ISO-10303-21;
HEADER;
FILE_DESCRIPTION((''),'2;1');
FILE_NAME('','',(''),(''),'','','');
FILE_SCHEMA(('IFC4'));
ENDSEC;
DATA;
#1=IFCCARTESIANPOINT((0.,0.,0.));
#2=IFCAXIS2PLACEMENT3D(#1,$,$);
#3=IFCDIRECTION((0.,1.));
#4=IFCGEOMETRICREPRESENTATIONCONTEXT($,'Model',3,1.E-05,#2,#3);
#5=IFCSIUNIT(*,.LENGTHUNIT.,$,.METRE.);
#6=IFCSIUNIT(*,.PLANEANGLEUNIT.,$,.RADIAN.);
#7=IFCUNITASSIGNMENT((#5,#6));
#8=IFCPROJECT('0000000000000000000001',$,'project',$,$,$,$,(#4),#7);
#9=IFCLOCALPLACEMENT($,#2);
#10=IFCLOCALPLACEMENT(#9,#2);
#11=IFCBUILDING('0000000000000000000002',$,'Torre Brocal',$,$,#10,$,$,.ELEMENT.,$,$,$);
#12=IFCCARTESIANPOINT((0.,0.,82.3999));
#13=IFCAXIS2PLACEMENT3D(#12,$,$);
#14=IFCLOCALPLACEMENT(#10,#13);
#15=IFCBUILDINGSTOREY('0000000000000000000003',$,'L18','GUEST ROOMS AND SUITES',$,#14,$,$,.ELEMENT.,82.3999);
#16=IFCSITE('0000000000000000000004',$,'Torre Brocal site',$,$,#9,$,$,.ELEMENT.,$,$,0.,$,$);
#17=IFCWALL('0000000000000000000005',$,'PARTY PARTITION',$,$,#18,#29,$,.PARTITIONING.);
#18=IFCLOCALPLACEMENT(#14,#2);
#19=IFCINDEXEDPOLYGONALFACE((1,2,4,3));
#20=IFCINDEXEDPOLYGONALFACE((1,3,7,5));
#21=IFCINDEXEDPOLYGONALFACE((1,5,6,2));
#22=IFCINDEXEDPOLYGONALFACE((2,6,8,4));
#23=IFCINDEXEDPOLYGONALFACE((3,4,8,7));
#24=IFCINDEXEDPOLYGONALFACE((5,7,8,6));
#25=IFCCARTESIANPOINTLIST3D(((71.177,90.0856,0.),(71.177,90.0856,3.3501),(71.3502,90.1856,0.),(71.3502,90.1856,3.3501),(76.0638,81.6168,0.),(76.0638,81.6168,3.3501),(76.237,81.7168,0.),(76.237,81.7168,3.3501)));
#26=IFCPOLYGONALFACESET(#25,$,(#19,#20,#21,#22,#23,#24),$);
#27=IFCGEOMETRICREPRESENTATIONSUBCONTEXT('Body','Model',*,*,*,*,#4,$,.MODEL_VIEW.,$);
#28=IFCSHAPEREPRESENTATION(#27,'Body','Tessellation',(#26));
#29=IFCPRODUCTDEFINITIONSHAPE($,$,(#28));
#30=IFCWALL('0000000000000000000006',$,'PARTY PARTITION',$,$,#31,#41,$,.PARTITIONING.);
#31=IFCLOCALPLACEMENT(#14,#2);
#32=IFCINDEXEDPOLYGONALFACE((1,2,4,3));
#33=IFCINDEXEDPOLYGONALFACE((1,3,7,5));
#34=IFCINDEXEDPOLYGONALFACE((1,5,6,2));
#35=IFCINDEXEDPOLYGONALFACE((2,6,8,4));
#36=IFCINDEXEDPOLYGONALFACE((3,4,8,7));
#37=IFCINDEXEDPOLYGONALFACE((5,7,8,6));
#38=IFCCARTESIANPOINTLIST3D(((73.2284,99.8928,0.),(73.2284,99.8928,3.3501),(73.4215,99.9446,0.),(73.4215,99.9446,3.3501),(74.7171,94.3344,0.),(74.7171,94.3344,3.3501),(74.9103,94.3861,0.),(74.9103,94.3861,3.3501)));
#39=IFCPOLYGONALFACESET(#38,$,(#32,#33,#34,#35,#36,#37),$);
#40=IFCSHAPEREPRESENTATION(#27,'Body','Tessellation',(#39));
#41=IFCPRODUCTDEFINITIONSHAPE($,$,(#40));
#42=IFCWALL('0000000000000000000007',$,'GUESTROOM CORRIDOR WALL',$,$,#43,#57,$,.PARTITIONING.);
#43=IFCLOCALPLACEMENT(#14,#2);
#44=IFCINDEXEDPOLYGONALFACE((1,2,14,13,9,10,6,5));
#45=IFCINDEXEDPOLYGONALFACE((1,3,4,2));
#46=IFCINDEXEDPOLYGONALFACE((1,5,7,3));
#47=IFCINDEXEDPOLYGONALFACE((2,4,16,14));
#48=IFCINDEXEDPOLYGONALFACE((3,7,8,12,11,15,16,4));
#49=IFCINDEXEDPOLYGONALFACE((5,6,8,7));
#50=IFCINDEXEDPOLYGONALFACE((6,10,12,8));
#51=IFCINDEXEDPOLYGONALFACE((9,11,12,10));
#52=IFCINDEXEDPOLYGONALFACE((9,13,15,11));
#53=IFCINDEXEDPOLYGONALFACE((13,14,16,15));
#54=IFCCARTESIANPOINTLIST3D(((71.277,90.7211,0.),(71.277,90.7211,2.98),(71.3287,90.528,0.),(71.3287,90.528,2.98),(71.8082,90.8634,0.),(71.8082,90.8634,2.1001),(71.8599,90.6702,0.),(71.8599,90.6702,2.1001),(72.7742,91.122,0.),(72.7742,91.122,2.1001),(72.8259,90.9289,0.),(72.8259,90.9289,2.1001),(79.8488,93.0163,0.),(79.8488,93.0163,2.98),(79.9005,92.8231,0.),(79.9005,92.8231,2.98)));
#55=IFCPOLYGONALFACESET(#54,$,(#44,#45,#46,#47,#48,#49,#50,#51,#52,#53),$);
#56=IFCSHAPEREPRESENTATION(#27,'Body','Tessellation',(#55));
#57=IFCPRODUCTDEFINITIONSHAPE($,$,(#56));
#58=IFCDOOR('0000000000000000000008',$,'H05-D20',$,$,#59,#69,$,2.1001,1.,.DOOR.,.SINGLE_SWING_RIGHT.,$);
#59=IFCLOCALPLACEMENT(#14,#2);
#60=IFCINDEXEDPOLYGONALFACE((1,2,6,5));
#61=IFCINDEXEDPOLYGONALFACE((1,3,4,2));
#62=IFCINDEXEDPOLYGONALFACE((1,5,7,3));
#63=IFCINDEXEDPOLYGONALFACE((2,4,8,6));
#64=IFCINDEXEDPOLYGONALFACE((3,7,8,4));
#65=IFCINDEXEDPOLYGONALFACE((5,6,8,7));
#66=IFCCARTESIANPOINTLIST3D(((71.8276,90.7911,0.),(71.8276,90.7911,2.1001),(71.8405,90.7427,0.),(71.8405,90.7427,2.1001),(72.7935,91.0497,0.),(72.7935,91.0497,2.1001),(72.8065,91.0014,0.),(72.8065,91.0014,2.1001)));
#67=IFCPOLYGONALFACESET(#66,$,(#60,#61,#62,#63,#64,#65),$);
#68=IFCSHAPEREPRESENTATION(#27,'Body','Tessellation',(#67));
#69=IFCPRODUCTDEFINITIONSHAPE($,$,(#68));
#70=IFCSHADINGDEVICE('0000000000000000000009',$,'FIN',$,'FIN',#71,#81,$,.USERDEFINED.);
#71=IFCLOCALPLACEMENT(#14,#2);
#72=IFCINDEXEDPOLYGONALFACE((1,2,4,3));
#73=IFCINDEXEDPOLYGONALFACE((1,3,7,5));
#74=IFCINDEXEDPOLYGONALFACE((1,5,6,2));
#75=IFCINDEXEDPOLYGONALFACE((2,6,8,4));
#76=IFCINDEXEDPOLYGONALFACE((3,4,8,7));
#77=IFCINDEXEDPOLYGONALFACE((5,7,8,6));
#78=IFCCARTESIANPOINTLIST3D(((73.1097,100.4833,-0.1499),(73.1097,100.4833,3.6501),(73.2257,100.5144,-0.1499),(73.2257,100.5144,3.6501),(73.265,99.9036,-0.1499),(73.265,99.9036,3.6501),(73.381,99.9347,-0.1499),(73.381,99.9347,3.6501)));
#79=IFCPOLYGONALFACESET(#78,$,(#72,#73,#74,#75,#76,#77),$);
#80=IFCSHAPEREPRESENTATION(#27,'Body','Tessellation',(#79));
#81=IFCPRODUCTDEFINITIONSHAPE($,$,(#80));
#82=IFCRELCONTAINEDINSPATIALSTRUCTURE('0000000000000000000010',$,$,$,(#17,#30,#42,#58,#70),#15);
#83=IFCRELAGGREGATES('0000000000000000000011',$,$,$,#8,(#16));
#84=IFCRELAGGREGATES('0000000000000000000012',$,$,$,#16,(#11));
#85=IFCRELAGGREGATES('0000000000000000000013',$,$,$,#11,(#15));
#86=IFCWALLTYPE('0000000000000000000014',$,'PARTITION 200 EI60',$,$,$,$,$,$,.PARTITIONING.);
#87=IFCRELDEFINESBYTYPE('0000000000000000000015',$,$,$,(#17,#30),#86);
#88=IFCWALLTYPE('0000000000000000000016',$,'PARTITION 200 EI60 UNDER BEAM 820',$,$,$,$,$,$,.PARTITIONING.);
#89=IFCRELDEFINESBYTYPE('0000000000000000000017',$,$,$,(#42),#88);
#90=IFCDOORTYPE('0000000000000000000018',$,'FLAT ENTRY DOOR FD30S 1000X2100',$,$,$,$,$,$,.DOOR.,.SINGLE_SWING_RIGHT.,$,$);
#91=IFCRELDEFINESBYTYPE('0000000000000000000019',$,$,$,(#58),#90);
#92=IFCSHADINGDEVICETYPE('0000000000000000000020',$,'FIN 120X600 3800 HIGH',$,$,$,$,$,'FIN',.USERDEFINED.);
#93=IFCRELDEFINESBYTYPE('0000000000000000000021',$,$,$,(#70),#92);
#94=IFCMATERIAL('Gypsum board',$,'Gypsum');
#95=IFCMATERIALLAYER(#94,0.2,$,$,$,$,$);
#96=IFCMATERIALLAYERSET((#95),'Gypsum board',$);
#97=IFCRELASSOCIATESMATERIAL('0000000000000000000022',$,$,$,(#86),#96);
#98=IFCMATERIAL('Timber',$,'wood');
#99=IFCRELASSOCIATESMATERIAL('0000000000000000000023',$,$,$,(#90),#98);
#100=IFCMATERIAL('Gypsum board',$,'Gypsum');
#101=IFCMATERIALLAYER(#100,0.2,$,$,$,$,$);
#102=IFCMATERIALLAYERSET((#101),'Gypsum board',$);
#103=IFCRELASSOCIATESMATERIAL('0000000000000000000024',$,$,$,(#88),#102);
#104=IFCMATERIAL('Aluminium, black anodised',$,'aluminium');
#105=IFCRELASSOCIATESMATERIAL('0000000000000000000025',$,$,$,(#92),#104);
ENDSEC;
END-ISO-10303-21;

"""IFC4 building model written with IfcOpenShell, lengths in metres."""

from ifc_helpers import new_model, si_unit, direction, frame, frame_2d, origin, origin_2d, place, context, subcontext, project, spatial, rectangle, extrude, material, layer, layer_set, material_profile, profile_set, type_object, element, fill, save


model = new_model("IFC4")

# Units and contexts
model_context = context("Model", 3, precision=1e-05, world=origin(), true_north=direction((0.0, 1.0)))
body_context = subcontext(model_context, "Body", "Model", "MODEL_VIEW")
ifc_project = project(units=[si_unit("LENGTHUNIT", "METRE"), si_unit("PLANEANGLEUNIT", "RADIAN")], contexts=[model_context])

# Site, building, storey
site_placement = place(None, origin())
site = spatial("IfcSite", under=ifc_project, at=site_placement, Name="Torre Brocal site", CompositionType="ELEMENT", RefElevation=0.0)
building_placement = place(site_placement, origin())
building = spatial("IfcBuilding", under=site, at=building_placement, Name="Torre Brocal", CompositionType="ELEMENT")
storey_placement = place(building_placement, frame((0.0, 0.0, 82.3999)))
storey = spatial("IfcBuildingStorey", under=building, at=storey_placement, Name="L18", Description="GUEST ROOMS AND SUITES", CompositionType="ELEMENT", Elevation=82.3999)

# Shared definitions
ifc_material_1 = material(Name="Gypsum board", Category="Gypsum")
ifc_layer_1 = layer(ifc_material_1, 0.2)
ifc_layer_set_1 = layer_set([ifc_layer_1], Name="Gypsum board")
wall_type_1 = type_object("IfcWallType", Name="PARTITION 200 EI60", PredefinedType="PARTITIONING", material=ifc_layer_set_1)
ifc_material_2 = material(Name="Timber", Category="wood")
door_type_1 = type_object("IfcDoorType", Name="FLAT ENTRY DOOR FD30S 1000X2100", OperationType="SINGLE_SWING_RIGHT", PredefinedType="DOOR", material=ifc_material_2)

# Walls
wall_1_placement = place(storey_placement, frame((71.2637, 90.1355, 0.0), z_axis=(0.0, 0.0, 1.0), x_axis=(0.499792, -0.866146, 0.0)))
element("IfcWall", 1, at=wall_1_placement, inside=storey, type_object=wall_type_1, Name="PARTY PARTITION", PredefinedType="PARTITIONING", context=body_context, shape_type="SweptSolid", body=[
    extrude(rectangle(XDim=9.7776, YDim=0.2, at=frame_2d((4.8887, 0.0))), origin(), (0.0, 0.0, 1.0), 3.3501),
])
wall_2_placement = place(storey_placement, frame((73.325, 99.9187, 0.0), z_axis=(0.0, 0.0, 1.0), x_axis=(0.258713, -0.965954, 0.0)))
element("IfcWall", 2, at=wall_2_placement, inside=storey, type_object=wall_type_1, Name="PARTY PARTITION", PredefinedType="PARTITIONING", context=body_context, shape_type="SweptSolid", body=[
    extrude(rectangle(XDim=5.7544, YDim=0.2, at=frame_2d((2.8772, 0.0))), origin(), (0.0, 0.0, 1.0), 3.3501),
])

# Wall, opening, door
ifc_material_3 = material(Name="Gypsum board", Category="Gypsum")
ifc_layer_2 = layer(ifc_material_3, 0.2)
ifc_layer_set_2 = layer_set([ifc_layer_2], Name="Gypsum board")
wall_type_2 = type_object("IfcWallType", Name="PARTITION 200 EI60 UNDER BEAM 820", PredefinedType="PARTITIONING", material=ifc_layer_set_2)
wall_3_placement = place(storey_placement, frame((71.3027, 90.6245, 0.0), z_axis=(0.0, 0.0, 1.0), x_axis=(0.965972, 0.258647, 0.0)))
wall_3 = element("IfcWall", 3, at=wall_3_placement, inside=storey, type_object=wall_type_2, Name="GUESTROOM CORRIDOR WALL", PredefinedType="PARTITIONING", context=body_context, shape_type="SweptSolid", body=[
    extrude(rectangle(XDim=8.8738, YDim=0.2, at=frame_2d((4.437, 0.0))), origin(), (0.0, 0.0, 1.0), 2.98),
])
opening_1_placement = place(wall_3_placement, frame((0.55, 0.0, 0.0)))
opening_1 = element("IfcOpeningElement", 4, at=opening_1_placement, cuts=wall_3, PredefinedType="OPENING", context=body_context, shape_type="SweptSolid", body=[
    extrude(rectangle(XDim=1.0, YDim=2.1001, at=frame_2d((0.5, 1.05))), frame((0.0, 0.1099, 0.0), z_axis=(0.0, -1.0, 0.0), x_axis=(1.0, 0.0, 0.0)), (0.0, 0.0, 1.0), 0.22),
])
door_1_placement = place(opening_1_placement, frame((1.0, 0.0, 0.0), z_axis=(0.0, 0.0, 1.0), x_axis=(-1.0, 0.0, 0.0)))
door_1 = element("IfcDoor", 5, at=door_1_placement, inside=storey, type_object=door_type_1, Name="H05-D20", OperationType="SINGLE_SWING_RIGHT", OverallHeight=2.1001, OverallWidth=1.0, PredefinedType="DOOR", context=body_context, shape_type="SweptSolid", body=[
    extrude(rectangle(XDim=1.0, YDim=2.1001, at=frame_2d((0.5, 1.05))), frame((0.0, 0.0249, 0.0), z_axis=(0.0, -1.0, 0.0), x_axis=(1.0, 0.0, 0.0)), (0.0, 0.0, 1.0), 0.05),
])
fill(opening_1, door_1)

# Shading device
ifc_material_4 = material(Name="Aluminium, black anodised", Category="aluminium")
ifc_material_profile_1 = material_profile(ifc_material_4, rectangle(XDim=0.1201, YDim=0.6001, at=origin_2d()), Name="FIN 120X600 3800 HIGH")
ifc_profile_set_1 = profile_set([ifc_material_profile_1], Name="Aluminium, black anodised")
shading_device_type = type_object("IfcShadingDeviceType", Name="FIN 120X600 3800 HIGH", ElementType="FIN", PredefinedType="USERDEFINED", material=ifc_profile_set_1)
shading_device_placement = place(storey_placement, frame((73.2454, 100.209, -0.1499), z_axis=(0.0, 0.0, 1.0), x_axis=(-0.965926, -0.258819, 0.0)))
element("IfcShadingDevice", 6, at=shading_device_placement, inside=storey, type_object=shading_device_type, Name="FIN", ObjectType="FIN", PredefinedType="USERDEFINED", context=body_context, shape_type="SweptSolid", body=[
    extrude(rectangle(XDim=0.1201, YDim=0.6001, at=origin_2d()), origin(), (0.0, 0.0, 1.0), 3.8),
])

save(model, "model.ifc")
